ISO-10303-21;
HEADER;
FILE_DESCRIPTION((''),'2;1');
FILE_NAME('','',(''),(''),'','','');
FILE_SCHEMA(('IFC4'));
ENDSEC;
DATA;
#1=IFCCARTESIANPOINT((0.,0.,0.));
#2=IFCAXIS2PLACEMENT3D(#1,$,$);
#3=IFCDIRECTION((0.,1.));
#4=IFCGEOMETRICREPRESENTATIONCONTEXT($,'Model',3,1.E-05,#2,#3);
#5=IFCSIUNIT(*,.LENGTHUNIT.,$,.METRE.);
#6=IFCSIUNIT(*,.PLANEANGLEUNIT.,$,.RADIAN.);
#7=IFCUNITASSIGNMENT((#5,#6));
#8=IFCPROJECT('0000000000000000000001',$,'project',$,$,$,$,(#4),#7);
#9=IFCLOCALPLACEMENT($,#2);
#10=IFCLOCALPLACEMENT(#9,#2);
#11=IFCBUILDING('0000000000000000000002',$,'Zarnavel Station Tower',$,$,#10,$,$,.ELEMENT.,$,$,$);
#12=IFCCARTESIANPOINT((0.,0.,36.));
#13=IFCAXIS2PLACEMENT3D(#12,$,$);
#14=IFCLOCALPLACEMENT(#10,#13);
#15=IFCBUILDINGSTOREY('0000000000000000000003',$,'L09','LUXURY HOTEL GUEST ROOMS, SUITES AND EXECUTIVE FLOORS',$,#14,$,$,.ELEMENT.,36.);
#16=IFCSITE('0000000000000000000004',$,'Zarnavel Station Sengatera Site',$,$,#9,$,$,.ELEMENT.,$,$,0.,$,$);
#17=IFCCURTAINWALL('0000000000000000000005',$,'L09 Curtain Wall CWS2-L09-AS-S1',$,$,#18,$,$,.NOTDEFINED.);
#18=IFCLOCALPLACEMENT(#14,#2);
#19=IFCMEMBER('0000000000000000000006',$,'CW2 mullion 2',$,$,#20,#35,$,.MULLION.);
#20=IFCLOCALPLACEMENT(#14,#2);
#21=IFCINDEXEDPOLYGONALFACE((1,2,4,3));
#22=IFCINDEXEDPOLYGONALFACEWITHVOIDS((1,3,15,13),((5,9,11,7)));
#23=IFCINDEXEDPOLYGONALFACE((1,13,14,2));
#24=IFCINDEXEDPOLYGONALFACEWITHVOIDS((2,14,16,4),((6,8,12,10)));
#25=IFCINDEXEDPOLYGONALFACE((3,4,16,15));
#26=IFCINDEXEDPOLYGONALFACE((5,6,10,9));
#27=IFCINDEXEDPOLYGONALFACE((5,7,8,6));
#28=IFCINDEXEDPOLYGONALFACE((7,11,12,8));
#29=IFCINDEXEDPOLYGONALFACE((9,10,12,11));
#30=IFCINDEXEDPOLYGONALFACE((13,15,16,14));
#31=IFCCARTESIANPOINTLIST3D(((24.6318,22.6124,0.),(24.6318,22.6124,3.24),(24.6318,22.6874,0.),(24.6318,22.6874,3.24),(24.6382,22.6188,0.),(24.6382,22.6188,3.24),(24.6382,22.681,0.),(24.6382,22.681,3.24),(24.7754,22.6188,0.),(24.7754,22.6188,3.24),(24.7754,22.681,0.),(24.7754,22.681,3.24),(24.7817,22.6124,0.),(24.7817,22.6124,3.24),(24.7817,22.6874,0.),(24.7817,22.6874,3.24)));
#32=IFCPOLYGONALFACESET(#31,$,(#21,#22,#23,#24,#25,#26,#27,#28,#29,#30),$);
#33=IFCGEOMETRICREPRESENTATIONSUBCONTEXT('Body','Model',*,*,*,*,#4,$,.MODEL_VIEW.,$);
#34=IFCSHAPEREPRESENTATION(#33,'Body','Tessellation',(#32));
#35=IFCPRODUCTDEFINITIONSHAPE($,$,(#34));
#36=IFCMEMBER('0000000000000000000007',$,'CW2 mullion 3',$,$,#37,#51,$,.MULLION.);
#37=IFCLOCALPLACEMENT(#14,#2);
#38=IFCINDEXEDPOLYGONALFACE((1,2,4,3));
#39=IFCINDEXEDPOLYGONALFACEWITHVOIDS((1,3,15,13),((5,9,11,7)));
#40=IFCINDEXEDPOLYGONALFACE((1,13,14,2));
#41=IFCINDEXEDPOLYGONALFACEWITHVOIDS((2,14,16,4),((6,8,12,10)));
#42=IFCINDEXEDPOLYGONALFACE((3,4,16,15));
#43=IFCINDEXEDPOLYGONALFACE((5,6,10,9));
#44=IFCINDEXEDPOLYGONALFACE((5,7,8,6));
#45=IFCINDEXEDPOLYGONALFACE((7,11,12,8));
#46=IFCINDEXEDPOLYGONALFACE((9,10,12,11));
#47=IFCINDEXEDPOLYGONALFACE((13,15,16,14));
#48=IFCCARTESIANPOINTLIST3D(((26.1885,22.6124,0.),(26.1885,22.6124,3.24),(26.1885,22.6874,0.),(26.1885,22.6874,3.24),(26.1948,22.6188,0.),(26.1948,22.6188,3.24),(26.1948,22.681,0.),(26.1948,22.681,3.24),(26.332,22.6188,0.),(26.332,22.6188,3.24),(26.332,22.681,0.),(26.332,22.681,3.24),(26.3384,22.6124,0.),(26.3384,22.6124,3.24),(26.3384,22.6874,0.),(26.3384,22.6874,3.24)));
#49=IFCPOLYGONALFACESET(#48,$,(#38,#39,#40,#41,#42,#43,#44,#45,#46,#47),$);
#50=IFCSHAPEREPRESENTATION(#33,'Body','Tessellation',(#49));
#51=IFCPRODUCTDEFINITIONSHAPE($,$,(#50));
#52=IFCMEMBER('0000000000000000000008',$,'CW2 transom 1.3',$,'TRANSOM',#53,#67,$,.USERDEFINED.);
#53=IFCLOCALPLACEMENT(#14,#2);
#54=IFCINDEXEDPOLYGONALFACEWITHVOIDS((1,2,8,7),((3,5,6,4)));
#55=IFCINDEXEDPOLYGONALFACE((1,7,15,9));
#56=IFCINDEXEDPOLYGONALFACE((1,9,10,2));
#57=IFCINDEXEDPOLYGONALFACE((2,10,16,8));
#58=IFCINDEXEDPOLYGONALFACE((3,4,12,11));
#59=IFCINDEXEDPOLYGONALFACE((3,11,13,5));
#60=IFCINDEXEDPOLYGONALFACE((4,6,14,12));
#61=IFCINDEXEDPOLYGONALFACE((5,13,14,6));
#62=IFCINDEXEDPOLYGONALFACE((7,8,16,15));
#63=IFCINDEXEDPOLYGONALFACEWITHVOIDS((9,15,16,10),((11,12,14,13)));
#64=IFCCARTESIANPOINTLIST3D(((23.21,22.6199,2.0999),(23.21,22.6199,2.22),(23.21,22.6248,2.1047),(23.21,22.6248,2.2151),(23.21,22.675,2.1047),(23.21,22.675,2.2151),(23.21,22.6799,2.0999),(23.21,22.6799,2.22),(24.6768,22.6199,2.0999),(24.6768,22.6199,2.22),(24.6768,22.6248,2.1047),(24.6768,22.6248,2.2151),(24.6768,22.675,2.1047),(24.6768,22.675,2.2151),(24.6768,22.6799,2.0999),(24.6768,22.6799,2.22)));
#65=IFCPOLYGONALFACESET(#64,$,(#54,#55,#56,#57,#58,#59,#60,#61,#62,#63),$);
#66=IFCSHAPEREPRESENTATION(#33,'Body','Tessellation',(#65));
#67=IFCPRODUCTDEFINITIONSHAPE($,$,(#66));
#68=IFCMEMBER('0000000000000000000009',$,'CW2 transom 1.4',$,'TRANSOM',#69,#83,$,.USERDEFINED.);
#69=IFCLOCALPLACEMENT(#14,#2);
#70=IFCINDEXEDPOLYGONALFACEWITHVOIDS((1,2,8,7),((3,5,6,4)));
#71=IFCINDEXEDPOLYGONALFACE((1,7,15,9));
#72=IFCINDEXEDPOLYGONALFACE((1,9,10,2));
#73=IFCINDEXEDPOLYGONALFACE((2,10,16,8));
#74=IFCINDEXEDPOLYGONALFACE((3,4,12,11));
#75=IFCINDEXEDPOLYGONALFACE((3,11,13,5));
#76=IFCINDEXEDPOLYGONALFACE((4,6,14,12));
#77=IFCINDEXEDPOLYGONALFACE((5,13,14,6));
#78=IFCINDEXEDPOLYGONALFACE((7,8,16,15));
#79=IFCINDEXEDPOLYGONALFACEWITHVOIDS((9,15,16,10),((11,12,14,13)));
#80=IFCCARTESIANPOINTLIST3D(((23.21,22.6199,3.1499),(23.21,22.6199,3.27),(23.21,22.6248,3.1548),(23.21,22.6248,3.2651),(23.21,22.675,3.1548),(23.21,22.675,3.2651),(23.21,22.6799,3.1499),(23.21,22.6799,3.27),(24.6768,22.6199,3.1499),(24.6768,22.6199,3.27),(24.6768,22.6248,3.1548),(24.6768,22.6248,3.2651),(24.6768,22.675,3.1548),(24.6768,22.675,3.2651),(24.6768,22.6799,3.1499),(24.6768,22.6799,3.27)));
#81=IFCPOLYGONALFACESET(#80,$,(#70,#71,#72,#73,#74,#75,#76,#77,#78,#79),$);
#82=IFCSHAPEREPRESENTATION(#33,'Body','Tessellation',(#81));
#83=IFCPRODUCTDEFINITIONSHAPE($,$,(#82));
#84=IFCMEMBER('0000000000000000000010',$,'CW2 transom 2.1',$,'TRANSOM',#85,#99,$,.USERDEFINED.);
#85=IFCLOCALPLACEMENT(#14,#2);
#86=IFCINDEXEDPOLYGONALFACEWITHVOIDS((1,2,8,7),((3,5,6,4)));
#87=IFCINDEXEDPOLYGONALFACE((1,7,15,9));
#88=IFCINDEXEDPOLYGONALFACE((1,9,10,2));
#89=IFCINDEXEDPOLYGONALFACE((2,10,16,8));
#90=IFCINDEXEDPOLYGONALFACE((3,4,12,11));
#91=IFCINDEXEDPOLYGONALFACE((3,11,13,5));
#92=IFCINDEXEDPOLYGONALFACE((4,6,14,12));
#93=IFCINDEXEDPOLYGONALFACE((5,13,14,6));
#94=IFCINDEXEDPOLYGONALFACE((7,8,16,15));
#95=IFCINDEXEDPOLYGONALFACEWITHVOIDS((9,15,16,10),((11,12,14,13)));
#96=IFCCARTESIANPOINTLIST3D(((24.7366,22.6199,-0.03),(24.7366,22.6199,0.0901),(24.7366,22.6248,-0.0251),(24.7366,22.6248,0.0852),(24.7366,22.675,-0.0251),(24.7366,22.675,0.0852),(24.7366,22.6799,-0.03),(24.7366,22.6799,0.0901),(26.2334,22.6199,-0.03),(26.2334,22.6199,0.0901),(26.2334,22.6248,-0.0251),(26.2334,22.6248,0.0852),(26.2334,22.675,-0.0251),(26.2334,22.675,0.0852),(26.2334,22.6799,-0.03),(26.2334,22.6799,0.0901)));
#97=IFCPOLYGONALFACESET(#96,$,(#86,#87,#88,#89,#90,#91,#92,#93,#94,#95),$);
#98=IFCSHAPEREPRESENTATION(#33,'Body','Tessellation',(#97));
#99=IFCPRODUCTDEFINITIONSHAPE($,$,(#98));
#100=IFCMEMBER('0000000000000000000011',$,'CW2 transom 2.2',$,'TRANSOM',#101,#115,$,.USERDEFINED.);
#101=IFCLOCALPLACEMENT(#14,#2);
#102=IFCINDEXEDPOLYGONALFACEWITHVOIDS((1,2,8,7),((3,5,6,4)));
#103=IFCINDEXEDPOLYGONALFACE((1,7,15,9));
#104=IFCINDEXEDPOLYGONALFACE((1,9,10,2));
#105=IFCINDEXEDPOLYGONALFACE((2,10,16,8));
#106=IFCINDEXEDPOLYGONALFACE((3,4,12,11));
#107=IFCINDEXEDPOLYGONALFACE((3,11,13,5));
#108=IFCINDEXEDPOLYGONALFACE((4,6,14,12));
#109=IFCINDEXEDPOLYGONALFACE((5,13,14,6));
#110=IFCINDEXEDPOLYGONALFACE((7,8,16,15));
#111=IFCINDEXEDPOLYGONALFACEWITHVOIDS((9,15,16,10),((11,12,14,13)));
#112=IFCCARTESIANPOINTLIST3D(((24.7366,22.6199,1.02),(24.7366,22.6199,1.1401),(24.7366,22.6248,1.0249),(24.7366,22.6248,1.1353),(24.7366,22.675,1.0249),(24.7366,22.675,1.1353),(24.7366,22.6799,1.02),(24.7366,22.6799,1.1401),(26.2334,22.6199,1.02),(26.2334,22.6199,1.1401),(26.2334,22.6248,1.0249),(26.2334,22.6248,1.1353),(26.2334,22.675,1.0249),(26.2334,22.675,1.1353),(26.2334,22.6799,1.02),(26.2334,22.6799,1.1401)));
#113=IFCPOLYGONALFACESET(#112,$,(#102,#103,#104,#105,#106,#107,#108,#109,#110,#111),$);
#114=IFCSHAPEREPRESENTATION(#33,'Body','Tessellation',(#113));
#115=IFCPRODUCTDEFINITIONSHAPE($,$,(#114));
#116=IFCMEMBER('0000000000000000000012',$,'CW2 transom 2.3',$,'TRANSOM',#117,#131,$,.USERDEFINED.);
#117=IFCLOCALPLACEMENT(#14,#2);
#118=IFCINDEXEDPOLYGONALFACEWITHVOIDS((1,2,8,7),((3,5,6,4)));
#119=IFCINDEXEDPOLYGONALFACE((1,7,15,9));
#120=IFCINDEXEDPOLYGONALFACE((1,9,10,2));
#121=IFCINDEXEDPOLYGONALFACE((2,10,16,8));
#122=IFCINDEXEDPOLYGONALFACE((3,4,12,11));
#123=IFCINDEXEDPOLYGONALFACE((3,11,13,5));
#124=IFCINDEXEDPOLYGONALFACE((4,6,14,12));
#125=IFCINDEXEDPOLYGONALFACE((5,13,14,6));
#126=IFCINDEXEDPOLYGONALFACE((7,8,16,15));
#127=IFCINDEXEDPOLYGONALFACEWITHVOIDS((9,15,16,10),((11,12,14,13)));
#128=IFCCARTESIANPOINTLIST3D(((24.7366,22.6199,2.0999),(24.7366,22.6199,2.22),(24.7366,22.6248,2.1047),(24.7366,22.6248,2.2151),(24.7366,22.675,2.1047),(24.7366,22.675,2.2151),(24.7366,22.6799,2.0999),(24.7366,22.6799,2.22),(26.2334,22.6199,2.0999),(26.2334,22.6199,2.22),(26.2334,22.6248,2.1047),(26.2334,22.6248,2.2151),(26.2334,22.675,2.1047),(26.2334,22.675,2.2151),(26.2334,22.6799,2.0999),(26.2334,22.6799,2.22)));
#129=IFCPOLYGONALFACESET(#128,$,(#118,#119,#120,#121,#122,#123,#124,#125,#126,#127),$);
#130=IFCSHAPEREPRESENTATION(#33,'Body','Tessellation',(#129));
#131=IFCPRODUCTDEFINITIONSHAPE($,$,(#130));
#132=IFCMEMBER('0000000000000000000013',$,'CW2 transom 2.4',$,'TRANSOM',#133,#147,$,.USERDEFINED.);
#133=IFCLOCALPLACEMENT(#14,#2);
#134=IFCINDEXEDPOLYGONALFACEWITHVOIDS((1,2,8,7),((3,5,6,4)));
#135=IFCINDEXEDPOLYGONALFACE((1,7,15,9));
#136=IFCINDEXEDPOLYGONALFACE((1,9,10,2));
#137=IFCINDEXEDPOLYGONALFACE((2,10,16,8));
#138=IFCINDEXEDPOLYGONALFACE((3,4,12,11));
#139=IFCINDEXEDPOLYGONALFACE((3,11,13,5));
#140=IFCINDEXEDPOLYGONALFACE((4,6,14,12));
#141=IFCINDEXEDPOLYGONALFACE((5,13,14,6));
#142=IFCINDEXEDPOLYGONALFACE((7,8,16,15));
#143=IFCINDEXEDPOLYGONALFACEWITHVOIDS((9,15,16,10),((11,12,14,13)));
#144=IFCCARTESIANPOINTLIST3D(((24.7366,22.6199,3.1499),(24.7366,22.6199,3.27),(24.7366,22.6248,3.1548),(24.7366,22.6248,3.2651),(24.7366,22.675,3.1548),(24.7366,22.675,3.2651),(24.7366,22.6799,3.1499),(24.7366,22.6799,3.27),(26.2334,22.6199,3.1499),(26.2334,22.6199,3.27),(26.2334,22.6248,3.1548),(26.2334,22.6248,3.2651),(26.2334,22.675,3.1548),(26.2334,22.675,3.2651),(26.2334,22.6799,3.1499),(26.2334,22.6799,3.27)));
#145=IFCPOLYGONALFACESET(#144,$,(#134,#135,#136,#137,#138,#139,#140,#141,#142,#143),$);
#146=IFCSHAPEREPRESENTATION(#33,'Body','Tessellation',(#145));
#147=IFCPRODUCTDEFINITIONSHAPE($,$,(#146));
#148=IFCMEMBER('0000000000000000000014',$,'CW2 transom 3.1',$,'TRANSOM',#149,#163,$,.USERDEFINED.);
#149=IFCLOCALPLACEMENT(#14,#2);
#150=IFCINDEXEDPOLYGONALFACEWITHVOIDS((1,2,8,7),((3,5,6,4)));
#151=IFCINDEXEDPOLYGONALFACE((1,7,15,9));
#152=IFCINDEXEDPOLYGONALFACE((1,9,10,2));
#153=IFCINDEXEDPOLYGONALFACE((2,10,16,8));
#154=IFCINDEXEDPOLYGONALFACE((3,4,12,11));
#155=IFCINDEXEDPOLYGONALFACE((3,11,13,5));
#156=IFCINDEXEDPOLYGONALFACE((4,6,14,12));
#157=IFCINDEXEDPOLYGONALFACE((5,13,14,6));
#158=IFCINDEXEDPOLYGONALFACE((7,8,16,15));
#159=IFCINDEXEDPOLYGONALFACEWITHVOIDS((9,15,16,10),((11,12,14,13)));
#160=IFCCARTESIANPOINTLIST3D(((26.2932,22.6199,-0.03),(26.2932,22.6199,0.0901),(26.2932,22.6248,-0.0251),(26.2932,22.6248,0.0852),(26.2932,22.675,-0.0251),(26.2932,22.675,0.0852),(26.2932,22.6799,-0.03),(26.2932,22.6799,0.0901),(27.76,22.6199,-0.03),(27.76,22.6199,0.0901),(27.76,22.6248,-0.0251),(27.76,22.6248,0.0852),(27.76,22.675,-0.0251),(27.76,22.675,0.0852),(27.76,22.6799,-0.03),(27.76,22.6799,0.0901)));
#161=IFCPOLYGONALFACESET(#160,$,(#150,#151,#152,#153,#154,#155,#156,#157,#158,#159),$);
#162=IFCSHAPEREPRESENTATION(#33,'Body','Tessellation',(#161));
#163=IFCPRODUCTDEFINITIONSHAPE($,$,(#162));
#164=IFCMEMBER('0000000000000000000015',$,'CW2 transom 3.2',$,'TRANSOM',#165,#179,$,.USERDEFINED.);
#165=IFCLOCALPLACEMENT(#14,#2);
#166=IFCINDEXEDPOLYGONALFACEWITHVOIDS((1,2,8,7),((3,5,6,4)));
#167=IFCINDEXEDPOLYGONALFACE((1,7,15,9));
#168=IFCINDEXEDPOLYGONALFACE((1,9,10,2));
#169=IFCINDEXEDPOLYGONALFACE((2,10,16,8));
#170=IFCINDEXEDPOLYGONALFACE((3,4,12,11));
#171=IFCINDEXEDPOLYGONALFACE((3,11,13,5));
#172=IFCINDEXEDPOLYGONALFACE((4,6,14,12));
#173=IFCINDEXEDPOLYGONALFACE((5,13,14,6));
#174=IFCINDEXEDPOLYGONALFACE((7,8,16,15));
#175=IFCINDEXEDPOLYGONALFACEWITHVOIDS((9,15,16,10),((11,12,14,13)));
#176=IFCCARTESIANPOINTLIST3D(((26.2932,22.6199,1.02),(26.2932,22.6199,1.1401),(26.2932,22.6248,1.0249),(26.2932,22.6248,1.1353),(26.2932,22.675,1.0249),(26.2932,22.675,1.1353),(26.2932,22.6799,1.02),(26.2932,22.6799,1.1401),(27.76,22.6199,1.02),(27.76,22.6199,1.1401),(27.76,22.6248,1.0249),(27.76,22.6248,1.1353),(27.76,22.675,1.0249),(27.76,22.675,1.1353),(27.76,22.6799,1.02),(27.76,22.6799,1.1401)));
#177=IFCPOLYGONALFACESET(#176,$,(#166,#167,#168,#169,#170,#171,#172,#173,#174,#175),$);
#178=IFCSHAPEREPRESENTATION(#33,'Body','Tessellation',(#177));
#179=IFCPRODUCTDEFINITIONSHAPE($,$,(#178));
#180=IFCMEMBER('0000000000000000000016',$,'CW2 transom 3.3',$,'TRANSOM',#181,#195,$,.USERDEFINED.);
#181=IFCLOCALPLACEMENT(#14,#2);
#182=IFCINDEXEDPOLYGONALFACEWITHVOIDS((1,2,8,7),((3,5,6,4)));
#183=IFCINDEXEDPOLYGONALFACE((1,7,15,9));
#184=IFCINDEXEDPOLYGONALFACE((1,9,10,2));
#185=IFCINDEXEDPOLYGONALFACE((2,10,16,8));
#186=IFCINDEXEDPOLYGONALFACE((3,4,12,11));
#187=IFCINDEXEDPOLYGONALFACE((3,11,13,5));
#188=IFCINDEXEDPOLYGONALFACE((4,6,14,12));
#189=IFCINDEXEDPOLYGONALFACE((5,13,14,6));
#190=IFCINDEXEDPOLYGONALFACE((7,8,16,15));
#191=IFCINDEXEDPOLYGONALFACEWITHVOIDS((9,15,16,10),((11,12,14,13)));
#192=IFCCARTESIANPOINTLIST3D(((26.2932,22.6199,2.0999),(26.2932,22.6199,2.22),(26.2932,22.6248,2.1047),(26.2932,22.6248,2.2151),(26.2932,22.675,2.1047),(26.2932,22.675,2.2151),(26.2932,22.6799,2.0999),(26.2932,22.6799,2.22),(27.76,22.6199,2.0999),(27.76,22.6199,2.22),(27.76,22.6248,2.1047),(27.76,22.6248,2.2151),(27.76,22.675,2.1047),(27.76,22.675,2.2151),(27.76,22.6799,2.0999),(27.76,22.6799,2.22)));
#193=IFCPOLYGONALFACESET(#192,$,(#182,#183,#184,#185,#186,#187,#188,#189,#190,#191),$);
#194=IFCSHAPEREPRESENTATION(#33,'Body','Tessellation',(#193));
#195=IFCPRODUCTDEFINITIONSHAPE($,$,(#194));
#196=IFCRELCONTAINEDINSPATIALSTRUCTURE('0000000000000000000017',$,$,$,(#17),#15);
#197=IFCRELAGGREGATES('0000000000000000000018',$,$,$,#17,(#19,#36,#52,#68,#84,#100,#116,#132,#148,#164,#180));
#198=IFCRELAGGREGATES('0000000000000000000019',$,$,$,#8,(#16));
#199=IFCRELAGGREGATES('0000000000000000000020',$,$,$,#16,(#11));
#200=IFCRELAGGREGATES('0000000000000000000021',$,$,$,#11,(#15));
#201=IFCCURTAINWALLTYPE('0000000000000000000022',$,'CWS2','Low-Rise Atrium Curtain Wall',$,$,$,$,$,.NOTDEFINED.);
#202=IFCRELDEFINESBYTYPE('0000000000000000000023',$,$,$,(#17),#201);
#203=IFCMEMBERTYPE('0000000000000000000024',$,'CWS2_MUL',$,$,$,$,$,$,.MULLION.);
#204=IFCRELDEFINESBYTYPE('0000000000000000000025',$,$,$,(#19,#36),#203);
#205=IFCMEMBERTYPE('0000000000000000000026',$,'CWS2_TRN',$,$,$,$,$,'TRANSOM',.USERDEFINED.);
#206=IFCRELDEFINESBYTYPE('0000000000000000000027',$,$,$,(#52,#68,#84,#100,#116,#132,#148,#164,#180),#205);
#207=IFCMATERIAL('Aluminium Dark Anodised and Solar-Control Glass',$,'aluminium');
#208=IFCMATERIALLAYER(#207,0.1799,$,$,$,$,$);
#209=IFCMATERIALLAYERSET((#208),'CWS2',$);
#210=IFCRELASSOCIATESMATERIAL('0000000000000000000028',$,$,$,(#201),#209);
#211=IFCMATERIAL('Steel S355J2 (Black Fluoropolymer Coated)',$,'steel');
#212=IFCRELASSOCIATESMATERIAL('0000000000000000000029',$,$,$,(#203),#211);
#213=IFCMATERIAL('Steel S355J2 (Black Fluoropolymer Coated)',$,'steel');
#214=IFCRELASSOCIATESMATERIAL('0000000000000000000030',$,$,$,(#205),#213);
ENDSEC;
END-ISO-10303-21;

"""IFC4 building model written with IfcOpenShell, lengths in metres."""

from ifc_helpers import new_model, si_unit, direction, frame, origin, origin_2d, place, context, subcontext, project, spatial, hollow_rectangle, extrude, material, layer, layer_set, material_profile, profile_set, type_object, element, aggregate, save


model = new_model("IFC4")

# Units and contexts
model_context = context("Model", 3, precision=1e-05, world=origin(), true_north=direction((0.0, 1.0)))
body_context = subcontext(model_context, "Body", "Model", "MODEL_VIEW")
ifc_project = project(units=[si_unit("LENGTHUNIT", "METRE"), si_unit("PLANEANGLEUNIT", "RADIAN")], contexts=[model_context])

# Site, building, storey
site_placement = place(None, origin())
site = spatial("IfcSite", under=ifc_project, at=site_placement, Name="Zarnavel Station Sengatera Site", CompositionType="ELEMENT", RefElevation=0.0)
building_placement = place(site_placement, origin())
building = spatial("IfcBuilding", under=site, at=building_placement, Name="Zarnavel Station Tower", CompositionType="ELEMENT")
storey_placement = place(building_placement, frame((0.0, 0.0, 36.0)))
storey = spatial("IfcBuildingStorey", under=building, at=storey_placement, Name="L09", Description="LUXURY HOTEL GUEST ROOMS, SUITES AND EXECUTIVE FLOORS", CompositionType="ELEMENT", Elevation=36.0)

# Curtain wall, members
ifc_material_1 = material(Name="Aluminium Dark Anodised and Solar-Control Glass", Category="aluminium")
ifc_layer_1 = layer(ifc_material_1, 0.1799)
ifc_layer_set_1 = layer_set([ifc_layer_1], Name="CWS2")
curtain_wall_type = type_object("IfcCurtainWallType", Name="CWS2", Description="Low-Rise Atrium Curtain Wall", PredefinedType="NOTDEFINED", material=ifc_layer_set_1)
curtain_wall_placement = place(storey_placement, origin())
curtain_wall = element("IfcCurtainWall", 1, at=curtain_wall_placement, inside=storey, type_object=curtain_wall_type, Name="L09 Curtain Wall CWS2-L09-AS-S1", PredefinedType="NOTDEFINED")
ifc_material_2 = material(Name="Steel S355J2 (Black Fluoropolymer Coated)", Category="steel")
ifc_material_profile_1 = material_profile(ifc_material_2, hollow_rectangle(XDim=0.075, YDim=0.1499, WallThickness=0.0063, at=origin_2d()), Name="RHS150x75x6.3")
ifc_profile_set_1 = profile_set([ifc_material_profile_1], Name="Steel S355J2 (Black Fluoropolymer Coated)")
member_type_1 = type_object("IfcMemberType", Name="CWS2_MUL", PredefinedType="MULLION", material=ifc_profile_set_1)
member_1_placement = place(storey_placement, frame((24.7068, 22.6499, 0.0), z_axis=(0.0, 0.0, 1.0), x_axis=(0.0, 1.0, 0.0)))
member_1 = element("IfcMember", 2, at=member_1_placement, type_object=member_type_1, Name="CW2 mullion 2", PredefinedType="MULLION", context=body_context, shape_type="SweptSolid", body=[
    extrude(hollow_rectangle(XDim=0.075, YDim=0.1499, WallThickness=0.0063, at=origin_2d()), origin(), (0.0, 0.0, 1.0), 3.24),
])
member_2_placement = place(storey_placement, frame((26.2634, 22.6499, 0.0), z_axis=(0.0, 0.0, 1.0), x_axis=(0.0, 1.0, 0.0)))
member_2 = element("IfcMember", 3, at=member_2_placement, type_object=member_type_1, Name="CW2 mullion 3", PredefinedType="MULLION", context=body_context, shape_type="SweptSolid", body=[
    extrude(hollow_rectangle(XDim=0.075, YDim=0.1499, WallThickness=0.0063, at=origin_2d()), origin(), (0.0, 0.0, 1.0), 3.24),
])
ifc_material_3 = material(Name="Steel S355J2 (Black Fluoropolymer Coated)", Category="steel")
ifc_material_profile_2 = material_profile(ifc_material_3, hollow_rectangle(XDim=0.0601, YDim=0.1201, WallThickness=0.0049, at=origin_2d()), Name="RHS120x60x5")
ifc_profile_set_2 = profile_set([ifc_material_profile_2], Name="Steel S355J2 (Black Fluoropolymer Coated)")
member_type_2 = type_object("IfcMemberType", Name="CWS2_TRN", ElementType="TRANSOM", PredefinedType="USERDEFINED", material=ifc_profile_set_2)
member_3_placement = place(storey_placement, frame((23.21, 22.6499, 2.1599), z_axis=(1.0, 0.0, 0.0), x_axis=(0.0, 1.0, 0.0)))
member_3 = element("IfcMember", 4, at=member_3_placement, type_object=member_type_2, Name="CW2 transom 1.3", ObjectType="TRANSOM", PredefinedType="USERDEFINED", context=body_context, shape_type="SweptSolid", body=[
    extrude(hollow_rectangle(XDim=0.0601, YDim=0.1201, WallThickness=0.0049, at=origin_2d()), origin(), (0.0, 0.0, 1.0), 1.4668),
])
member_4_placement = place(storey_placement, frame((23.21, 22.6499, 3.21), z_axis=(1.0, 0.0, 0.0), x_axis=(0.0, 1.0, 0.0)))
member_4 = element("IfcMember", 5, at=member_4_placement, type_object=member_type_2, Name="CW2 transom 1.4", ObjectType="TRANSOM", PredefinedType="USERDEFINED", context=body_context, shape_type="SweptSolid", body=[
    extrude(hollow_rectangle(XDim=0.0601, YDim=0.1201, WallThickness=0.0049, at=origin_2d()), origin(), (0.0, 0.0, 1.0), 1.4668),
])
member_5_placement = place(storey_placement, frame((24.7366, 22.6499, 0.03), z_axis=(1.0, 0.0, 0.0), x_axis=(0.0, 1.0, 0.0)))
member_5 = element("IfcMember", 6, at=member_5_placement, type_object=member_type_2, Name="CW2 transom 2.1", ObjectType="TRANSOM", PredefinedType="USERDEFINED", context=body_context, shape_type="SweptSolid", body=[
    extrude(hollow_rectangle(XDim=0.0601, YDim=0.1201, WallThickness=0.0049, at=origin_2d()), origin(), (0.0, 0.0, 1.0), 1.4968),
])
member_6_placement = place(storey_placement, frame((24.7366, 22.6499, 1.0801), z_axis=(1.0, 0.0, 0.0), x_axis=(0.0, 1.0, 0.0)))
member_6 = element("IfcMember", 7, at=member_6_placement, type_object=member_type_2, Name="CW2 transom 2.2", ObjectType="TRANSOM", PredefinedType="USERDEFINED", context=body_context, shape_type="SweptSolid", body=[
    extrude(hollow_rectangle(XDim=0.0601, YDim=0.1201, WallThickness=0.0049, at=origin_2d()), origin(), (0.0, 0.0, 1.0), 1.4968),
])
member_7_placement = place(storey_placement, frame((24.7366, 22.6499, 2.1599), z_axis=(1.0, 0.0, 0.0), x_axis=(0.0, 1.0, 0.0)))
member_7 = element("IfcMember", 8, at=member_7_placement, type_object=member_type_2, Name="CW2 transom 2.3", ObjectType="TRANSOM", PredefinedType="USERDEFINED", context=body_context, shape_type="SweptSolid", body=[
    extrude(hollow_rectangle(XDim=0.0601, YDim=0.1201, WallThickness=0.0049, at=origin_2d()), origin(), (0.0, 0.0, 1.0), 1.4968),
])
member_8_placement = place(storey_placement, frame((24.7366, 22.6499, 3.21), z_axis=(1.0, 0.0, 0.0), x_axis=(0.0, 1.0, 0.0)))
member_8 = element("IfcMember", 9, at=member_8_placement, type_object=member_type_2, Name="CW2 transom 2.4", ObjectType="TRANSOM", PredefinedType="USERDEFINED", context=body_context, shape_type="SweptSolid", body=[
    extrude(hollow_rectangle(XDim=0.0601, YDim=0.1201, WallThickness=0.0049, at=origin_2d()), origin(), (0.0, 0.0, 1.0), 1.4968),
])
member_9_placement = place(storey_placement, frame((26.2932, 22.6499, 0.03), z_axis=(1.0, 0.0, 0.0), x_axis=(0.0, 1.0, 0.0)))
member_9 = element("IfcMember", 10, at=member_9_placement, type_object=member_type_2, Name="CW2 transom 3.1", ObjectType="TRANSOM", PredefinedType="USERDEFINED", context=body_context, shape_type="SweptSolid", body=[
    extrude(hollow_rectangle(XDim=0.0601, YDim=0.1201, WallThickness=0.0049, at=origin_2d()), origin(), (0.0, 0.0, 1.0), 1.4668),
])
member_10_placement = place(storey_placement, frame((26.2932, 22.6499, 1.0801), z_axis=(1.0, 0.0, 0.0), x_axis=(0.0, 1.0, 0.0)))
member_10 = element("IfcMember", 11, at=member_10_placement, type_object=member_type_2, Name="CW2 transom 3.2", ObjectType="TRANSOM", PredefinedType="USERDEFINED", context=body_context, shape_type="SweptSolid", body=[
    extrude(hollow_rectangle(XDim=0.0601, YDim=0.1201, WallThickness=0.0049, at=origin_2d()), origin(), (0.0, 0.0, 1.0), 1.4668),
])
member_11_placement = place(storey_placement, frame((26.2932, 22.6499, 2.1599), z_axis=(1.0, 0.0, 0.0), x_axis=(0.0, 1.0, 0.0)))
member_11 = element("IfcMember", 12, at=member_11_placement, type_object=member_type_2, Name="CW2 transom 3.3", ObjectType="TRANSOM", PredefinedType="USERDEFINED", context=body_context, shape_type="SweptSolid", body=[
    extrude(hollow_rectangle(XDim=0.0601, YDim=0.1201, WallThickness=0.0049, at=origin_2d()), origin(), (0.0, 0.0, 1.0), 1.4668),
])
aggregate(curtain_wall, [member_1, member_2, member_3, member_4, member_5, member_6, member_7, member_8, member_9, member_10, member_11])

save(model, "model.ifc")
